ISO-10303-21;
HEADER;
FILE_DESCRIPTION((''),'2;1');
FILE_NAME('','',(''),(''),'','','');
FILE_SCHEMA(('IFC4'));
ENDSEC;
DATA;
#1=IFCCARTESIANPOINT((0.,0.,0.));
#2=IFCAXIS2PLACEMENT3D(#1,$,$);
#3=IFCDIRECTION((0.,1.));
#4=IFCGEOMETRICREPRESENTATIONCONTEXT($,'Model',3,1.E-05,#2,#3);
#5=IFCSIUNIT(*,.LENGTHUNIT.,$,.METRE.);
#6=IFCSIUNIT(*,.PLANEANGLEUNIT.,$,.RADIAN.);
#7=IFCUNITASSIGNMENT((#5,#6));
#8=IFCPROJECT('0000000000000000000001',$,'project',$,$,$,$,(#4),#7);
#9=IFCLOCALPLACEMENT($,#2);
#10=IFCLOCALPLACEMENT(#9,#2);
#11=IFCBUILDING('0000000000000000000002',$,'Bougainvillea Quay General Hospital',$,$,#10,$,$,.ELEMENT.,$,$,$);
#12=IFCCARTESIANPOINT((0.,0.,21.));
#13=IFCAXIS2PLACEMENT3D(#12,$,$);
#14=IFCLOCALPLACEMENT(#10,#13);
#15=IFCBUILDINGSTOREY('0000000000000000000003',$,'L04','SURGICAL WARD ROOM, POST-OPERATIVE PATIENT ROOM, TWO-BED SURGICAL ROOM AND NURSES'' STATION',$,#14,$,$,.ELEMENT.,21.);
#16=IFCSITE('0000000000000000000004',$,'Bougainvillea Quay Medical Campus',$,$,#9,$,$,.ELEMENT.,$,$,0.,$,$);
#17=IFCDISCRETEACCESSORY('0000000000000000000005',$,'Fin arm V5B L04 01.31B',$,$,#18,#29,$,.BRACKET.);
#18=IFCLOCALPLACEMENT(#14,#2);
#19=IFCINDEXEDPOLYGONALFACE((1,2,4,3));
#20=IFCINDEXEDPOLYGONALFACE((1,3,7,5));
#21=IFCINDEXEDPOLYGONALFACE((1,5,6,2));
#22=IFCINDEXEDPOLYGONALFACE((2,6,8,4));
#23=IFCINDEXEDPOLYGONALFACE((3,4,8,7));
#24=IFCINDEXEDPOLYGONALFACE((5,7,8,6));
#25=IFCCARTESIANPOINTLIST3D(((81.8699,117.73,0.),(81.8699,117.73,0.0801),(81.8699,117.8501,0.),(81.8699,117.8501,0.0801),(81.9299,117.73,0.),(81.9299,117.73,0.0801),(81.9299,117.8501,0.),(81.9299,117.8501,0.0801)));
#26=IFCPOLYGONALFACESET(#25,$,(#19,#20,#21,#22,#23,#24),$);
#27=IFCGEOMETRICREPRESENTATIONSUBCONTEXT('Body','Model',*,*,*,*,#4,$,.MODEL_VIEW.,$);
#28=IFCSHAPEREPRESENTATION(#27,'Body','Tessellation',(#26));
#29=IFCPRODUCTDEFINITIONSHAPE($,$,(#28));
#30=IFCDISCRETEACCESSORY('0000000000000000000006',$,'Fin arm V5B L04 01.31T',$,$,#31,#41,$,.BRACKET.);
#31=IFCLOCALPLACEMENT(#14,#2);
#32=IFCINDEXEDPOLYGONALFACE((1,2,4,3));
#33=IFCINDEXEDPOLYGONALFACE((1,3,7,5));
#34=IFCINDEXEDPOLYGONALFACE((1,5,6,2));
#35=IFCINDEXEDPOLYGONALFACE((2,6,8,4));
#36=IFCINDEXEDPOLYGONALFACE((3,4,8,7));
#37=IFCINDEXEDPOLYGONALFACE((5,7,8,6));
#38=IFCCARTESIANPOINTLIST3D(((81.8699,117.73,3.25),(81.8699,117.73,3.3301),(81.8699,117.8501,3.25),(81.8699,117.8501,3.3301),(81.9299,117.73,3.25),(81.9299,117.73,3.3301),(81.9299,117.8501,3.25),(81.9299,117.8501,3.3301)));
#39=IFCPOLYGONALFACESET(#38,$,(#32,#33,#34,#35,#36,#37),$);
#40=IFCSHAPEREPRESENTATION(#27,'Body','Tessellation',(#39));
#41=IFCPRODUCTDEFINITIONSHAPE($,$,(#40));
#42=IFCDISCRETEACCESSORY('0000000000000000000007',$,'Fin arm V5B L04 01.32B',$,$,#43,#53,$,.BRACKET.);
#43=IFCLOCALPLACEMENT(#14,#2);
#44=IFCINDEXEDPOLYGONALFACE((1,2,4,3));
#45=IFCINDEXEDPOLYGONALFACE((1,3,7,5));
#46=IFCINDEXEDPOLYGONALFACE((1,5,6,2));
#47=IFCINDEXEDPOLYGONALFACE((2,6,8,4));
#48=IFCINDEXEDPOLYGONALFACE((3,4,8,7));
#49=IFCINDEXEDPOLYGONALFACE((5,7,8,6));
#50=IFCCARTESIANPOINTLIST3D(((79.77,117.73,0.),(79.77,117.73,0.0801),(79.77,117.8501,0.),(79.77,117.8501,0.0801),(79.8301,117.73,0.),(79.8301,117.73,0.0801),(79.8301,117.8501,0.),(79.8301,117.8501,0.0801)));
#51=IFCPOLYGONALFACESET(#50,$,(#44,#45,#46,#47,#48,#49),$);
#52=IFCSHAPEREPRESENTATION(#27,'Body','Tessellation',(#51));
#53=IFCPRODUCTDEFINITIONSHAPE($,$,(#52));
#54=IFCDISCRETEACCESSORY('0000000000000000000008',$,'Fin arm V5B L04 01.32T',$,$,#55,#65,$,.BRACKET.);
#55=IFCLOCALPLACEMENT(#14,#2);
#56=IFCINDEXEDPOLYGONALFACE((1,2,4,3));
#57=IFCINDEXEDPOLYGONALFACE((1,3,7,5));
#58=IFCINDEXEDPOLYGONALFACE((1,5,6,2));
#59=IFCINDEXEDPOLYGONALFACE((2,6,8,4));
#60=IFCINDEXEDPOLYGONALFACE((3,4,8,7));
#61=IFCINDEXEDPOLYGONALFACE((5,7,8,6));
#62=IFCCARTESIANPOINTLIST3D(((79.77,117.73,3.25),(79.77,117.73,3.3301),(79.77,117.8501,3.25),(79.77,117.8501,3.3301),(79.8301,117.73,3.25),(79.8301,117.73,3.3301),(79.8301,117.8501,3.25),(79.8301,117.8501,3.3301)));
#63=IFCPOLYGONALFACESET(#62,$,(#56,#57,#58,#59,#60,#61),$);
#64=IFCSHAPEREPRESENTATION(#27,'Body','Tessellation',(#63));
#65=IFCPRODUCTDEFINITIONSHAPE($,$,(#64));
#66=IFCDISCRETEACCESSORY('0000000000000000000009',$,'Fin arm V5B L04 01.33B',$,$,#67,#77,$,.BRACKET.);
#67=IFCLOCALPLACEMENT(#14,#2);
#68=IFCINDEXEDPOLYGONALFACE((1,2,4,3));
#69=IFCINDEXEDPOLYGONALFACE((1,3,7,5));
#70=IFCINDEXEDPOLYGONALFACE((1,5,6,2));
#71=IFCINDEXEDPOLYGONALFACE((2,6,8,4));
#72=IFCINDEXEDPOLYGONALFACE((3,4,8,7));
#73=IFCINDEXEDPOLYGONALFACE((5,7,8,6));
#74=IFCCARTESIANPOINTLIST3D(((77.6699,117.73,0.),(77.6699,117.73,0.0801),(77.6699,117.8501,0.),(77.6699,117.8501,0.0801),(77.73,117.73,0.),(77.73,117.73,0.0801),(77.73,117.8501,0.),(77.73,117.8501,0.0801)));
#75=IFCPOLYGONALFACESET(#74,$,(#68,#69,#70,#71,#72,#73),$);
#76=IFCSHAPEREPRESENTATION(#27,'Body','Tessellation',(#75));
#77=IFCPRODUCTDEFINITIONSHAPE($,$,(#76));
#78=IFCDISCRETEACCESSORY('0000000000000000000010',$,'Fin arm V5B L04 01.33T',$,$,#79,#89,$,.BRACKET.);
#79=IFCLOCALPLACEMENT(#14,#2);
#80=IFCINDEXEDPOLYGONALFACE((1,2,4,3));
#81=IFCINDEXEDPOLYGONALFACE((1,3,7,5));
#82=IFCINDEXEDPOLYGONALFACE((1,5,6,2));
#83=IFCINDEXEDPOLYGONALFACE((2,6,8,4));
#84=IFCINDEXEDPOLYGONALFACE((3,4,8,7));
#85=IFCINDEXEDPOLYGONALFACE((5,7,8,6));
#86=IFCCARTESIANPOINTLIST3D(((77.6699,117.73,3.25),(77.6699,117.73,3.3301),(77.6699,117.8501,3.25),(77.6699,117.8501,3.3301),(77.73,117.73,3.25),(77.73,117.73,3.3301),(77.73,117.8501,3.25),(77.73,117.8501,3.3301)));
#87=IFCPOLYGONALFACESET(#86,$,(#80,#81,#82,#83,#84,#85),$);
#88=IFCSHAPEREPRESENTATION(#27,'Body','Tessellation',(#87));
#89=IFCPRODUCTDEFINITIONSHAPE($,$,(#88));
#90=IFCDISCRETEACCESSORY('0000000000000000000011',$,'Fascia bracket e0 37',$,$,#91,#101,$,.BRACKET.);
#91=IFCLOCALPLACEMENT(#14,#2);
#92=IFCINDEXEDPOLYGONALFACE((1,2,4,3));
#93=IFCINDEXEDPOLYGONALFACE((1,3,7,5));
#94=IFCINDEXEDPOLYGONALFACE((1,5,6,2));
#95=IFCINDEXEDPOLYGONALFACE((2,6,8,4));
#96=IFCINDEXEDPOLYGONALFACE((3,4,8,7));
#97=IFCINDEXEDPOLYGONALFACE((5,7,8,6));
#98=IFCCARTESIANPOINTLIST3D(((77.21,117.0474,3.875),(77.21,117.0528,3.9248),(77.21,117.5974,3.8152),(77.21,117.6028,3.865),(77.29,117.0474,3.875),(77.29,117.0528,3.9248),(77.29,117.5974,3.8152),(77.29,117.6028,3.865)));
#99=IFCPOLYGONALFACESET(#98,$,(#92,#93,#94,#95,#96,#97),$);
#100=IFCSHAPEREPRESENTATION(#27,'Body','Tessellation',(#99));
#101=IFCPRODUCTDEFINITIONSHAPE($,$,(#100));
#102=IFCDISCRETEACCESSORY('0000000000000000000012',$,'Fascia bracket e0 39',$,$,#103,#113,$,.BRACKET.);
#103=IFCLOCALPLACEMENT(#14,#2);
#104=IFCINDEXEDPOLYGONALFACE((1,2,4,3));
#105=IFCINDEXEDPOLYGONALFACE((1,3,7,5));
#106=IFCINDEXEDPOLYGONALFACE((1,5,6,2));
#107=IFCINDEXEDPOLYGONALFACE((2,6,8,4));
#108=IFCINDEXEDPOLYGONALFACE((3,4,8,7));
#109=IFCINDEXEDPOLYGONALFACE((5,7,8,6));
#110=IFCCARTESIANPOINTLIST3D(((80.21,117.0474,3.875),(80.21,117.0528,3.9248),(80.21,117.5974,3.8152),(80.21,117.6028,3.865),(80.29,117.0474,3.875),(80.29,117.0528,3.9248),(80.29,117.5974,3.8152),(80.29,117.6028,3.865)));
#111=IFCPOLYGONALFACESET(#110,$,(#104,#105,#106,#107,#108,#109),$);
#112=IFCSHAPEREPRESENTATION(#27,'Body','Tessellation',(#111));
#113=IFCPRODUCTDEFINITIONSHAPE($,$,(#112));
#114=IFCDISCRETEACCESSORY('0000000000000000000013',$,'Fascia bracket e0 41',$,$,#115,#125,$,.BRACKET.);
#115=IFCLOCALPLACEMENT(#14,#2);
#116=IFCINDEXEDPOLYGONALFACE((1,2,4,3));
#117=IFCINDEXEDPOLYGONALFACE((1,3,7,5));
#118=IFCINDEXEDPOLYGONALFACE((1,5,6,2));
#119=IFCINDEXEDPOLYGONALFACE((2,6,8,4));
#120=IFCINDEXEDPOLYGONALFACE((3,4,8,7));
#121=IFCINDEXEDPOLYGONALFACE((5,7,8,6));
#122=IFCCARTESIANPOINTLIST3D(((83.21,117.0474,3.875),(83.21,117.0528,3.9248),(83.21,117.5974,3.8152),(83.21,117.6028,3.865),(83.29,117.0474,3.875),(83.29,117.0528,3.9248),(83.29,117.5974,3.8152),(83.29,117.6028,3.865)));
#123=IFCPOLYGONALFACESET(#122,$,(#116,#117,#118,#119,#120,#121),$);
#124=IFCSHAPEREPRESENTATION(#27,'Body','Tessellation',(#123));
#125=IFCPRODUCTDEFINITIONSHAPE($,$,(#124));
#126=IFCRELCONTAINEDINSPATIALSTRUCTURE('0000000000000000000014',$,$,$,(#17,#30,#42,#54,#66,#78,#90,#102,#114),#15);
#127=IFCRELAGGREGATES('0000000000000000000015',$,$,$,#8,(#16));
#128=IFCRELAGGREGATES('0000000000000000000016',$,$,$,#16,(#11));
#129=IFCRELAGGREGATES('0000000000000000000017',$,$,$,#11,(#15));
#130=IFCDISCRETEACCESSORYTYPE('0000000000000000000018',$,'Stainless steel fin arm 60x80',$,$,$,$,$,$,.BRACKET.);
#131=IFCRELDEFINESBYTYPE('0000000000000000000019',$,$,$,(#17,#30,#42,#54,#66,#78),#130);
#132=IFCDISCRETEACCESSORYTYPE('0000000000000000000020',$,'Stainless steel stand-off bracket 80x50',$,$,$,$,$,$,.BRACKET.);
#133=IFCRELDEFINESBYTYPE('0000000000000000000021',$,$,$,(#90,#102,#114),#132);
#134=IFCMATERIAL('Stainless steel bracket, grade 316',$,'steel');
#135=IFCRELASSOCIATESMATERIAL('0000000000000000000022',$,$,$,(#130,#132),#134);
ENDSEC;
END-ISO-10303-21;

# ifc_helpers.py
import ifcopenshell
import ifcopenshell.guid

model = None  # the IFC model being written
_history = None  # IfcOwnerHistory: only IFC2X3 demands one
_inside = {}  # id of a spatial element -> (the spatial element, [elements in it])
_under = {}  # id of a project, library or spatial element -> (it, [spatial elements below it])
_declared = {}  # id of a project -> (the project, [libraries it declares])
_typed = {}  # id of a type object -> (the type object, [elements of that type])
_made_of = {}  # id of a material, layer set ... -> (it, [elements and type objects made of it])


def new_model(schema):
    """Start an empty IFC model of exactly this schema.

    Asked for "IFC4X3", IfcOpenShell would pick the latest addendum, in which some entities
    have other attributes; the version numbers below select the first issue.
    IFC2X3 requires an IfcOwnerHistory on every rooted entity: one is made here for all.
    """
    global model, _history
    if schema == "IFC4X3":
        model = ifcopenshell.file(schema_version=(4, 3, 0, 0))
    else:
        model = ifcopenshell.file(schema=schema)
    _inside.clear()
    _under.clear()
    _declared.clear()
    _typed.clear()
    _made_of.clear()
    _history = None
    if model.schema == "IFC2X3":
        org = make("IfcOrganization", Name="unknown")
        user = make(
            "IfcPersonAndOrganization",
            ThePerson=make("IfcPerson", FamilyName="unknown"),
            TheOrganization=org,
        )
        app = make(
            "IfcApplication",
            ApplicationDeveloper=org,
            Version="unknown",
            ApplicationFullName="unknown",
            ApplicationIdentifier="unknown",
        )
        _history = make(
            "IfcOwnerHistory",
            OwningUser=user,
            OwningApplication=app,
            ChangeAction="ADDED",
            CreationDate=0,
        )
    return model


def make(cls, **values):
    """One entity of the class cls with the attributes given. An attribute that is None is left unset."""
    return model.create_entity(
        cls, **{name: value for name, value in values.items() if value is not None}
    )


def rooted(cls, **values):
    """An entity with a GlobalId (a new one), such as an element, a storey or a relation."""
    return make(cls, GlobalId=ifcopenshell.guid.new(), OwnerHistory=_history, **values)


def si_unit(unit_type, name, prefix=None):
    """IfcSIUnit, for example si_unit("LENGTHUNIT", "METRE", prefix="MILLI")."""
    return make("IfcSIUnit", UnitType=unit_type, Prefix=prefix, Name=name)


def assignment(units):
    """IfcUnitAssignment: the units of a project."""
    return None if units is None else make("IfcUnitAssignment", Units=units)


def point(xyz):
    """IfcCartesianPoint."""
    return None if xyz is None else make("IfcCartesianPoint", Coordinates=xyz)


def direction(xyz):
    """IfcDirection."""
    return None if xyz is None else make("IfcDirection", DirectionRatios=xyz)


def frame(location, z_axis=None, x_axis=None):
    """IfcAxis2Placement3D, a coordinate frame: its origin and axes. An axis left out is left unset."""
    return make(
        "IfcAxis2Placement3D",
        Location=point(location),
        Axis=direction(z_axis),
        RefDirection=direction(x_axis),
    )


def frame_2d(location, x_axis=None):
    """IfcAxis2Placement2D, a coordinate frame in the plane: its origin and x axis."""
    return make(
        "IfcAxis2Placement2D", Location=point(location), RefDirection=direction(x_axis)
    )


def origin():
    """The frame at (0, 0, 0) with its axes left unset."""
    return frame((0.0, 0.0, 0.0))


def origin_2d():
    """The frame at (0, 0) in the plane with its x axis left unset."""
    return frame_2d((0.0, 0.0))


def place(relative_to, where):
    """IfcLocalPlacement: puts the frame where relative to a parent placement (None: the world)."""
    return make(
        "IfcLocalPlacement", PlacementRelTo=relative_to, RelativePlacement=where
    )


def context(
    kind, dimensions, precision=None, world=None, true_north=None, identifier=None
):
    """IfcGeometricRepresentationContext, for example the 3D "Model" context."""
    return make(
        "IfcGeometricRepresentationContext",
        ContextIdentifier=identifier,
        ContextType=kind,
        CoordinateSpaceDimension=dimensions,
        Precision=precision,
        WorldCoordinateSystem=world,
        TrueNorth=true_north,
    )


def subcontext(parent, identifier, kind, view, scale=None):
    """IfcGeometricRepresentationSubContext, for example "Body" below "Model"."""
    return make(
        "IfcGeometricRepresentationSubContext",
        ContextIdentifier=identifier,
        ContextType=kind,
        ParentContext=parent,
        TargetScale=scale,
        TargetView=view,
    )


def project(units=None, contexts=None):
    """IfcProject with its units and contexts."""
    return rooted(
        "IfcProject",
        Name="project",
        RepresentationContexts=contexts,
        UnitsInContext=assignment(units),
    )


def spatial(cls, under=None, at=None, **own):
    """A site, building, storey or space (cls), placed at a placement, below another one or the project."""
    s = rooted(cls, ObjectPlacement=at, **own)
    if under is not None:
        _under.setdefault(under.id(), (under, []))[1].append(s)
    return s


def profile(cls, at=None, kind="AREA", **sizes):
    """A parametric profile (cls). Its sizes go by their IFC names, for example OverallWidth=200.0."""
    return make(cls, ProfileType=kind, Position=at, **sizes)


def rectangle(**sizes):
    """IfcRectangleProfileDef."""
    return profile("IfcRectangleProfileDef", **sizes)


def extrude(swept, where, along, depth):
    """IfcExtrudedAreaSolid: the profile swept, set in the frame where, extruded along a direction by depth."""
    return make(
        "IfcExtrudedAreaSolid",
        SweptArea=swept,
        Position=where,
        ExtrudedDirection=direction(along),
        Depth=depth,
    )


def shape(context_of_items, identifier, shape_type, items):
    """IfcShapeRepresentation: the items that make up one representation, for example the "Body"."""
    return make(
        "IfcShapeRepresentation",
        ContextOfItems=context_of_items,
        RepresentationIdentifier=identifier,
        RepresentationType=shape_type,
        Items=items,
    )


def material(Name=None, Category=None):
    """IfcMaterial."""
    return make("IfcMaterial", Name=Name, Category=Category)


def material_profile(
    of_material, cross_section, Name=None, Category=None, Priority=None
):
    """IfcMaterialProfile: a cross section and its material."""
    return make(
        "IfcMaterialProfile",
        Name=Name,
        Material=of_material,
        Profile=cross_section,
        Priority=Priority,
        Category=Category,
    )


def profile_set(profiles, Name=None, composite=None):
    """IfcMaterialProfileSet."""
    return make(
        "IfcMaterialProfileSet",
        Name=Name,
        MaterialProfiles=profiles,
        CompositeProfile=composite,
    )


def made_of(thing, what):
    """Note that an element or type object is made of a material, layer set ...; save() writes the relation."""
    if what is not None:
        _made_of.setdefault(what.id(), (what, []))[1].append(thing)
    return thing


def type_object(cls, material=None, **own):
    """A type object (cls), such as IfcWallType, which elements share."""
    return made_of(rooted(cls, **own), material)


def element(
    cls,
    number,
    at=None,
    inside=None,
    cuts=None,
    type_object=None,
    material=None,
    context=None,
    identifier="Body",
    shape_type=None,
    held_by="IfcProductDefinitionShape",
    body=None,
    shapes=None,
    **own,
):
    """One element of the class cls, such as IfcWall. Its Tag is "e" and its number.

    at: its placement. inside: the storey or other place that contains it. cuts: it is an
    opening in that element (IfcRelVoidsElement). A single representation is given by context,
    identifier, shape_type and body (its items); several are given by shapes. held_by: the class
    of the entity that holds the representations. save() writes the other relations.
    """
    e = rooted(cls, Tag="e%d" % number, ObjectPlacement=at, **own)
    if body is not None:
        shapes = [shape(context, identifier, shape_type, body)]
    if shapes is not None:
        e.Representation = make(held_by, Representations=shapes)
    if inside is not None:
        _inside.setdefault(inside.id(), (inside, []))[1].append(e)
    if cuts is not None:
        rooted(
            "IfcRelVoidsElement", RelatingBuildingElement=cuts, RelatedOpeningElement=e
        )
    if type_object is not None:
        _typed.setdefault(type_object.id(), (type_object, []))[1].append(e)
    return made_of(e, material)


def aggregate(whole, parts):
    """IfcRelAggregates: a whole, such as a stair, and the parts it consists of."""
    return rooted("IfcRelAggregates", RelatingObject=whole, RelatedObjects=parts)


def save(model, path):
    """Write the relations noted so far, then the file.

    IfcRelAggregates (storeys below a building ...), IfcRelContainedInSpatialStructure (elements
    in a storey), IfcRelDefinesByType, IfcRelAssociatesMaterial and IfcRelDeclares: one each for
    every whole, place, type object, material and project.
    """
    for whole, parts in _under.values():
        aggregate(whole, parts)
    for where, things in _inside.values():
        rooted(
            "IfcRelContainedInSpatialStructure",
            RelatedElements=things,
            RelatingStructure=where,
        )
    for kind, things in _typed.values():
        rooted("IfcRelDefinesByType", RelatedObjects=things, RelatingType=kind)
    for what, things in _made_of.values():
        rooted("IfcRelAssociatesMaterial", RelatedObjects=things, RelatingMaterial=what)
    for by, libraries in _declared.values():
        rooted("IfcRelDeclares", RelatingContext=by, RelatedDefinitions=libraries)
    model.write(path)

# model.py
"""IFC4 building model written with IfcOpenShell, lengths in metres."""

from ifc_helpers import new_model, si_unit, direction, frame, origin, origin_2d, place, context, subcontext, project, spatial, rectangle, extrude, material, material_profile, profile_set, type_object, element, save


model = new_model("IFC4")

# Units and contexts
model_context = context("Model", 3, precision=1e-05, world=origin(), true_north=direction((0.0, 1.0)))
body_context = subcontext(model_context, "Body", "Model", "MODEL_VIEW")
ifc_project = project(units=[si_unit("LENGTHUNIT", "METRE"), si_unit("PLANEANGLEUNIT", "RADIAN")], contexts=[model_context])

# Site, building, storey
site_placement = place(None, origin())
site = spatial("IfcSite", under=ifc_project, at=site_placement, Name="Bougainvillea Quay Medical Campus", CompositionType="ELEMENT", RefElevation=0.0)
building_placement = place(site_placement, origin())
building = spatial("IfcBuilding", under=site, at=building_placement, Name="Bougainvillea Quay General Hospital", CompositionType="ELEMENT")
storey_placement = place(building_placement, frame((0.0, 0.0, 21.0)))
storey = spatial("IfcBuildingStorey", under=building, at=storey_placement, Name="L04", Description="SURGICAL WARD ROOM, POST-OPERATIVE PATIENT ROOM, TWO-BED SURGICAL ROOM AND NURSES' STATION", CompositionType="ELEMENT", Elevation=21.0)

# Discrete accessories
ifc_material_1 = material(Name="Stainless steel bracket, grade 316", Category="steel")
discrete_accessory_type_1 = type_object("IfcDiscreteAccessoryType", Name="Stainless steel fin arm 60x80", PredefinedType="BRACKET", material=ifc_material_1)
for number, where, z_axis, x_axis, name in (
    (1, (81.8999, 117.79, 0.0), (0.0, 0.0, 1.0), (0.0, -1.0, 0.0), "Fin arm V5B L04 01.31B"),
    (2, (81.8999, 117.79, 3.25), (0.0, 0.0, 1.0), (0.0, -1.0, 0.0), "Fin arm V5B L04 01.31T"),
    (3, (79.8, 117.79, 0.0), (0.0, 0.0, 1.0), (0.0, -1.0, 0.0), "Fin arm V5B L04 01.32B"),
    (4, (79.8, 117.79, 3.25), (0.0, 0.0, 1.0), (0.0, -1.0, 0.0), "Fin arm V5B L04 01.32T"),
    (5, (77.7, 117.79, 0.0), (0.0, 0.0, 1.0), (0.0, -1.0, 0.0), "Fin arm V5B L04 01.33B"),
    (6, (77.7, 117.79, 3.25), (0.0, 0.0, 1.0), (0.0, -1.0, 0.0), "Fin arm V5B L04 01.33T"),
):
    element("IfcDiscreteAccessory", number, at=place(storey_placement, frame(where, z_axis=z_axis, x_axis=x_axis)), inside=storey, type_object=discrete_accessory_type_1, Name=name, PredefinedType="BRACKET", context=body_context, shape_type="SweptSolid", body=[
        extrude(rectangle(XDim=0.1201, YDim=0.0601, at=origin_2d()), origin(), (0.0, 0.0, 1.0), 0.0801),
    ])
ifc_material_profile_1 = material_profile(ifc_material_1, rectangle(XDim=0.0801, YDim=0.05, at=origin_2d()))
ifc_profile_set_1 = profile_set([ifc_material_profile_1], Name="Stainless steel bracket, grade 316")
discrete_accessory_type_2 = type_object("IfcDiscreteAccessoryType", Name="Stainless steel stand-off bracket 80x50", PredefinedType="BRACKET", material=ifc_profile_set_1)
for number, where, z_axis, x_axis, name in (
    (7, (77.25, 117.6001, 3.8401), (0.0, -0.994139, 0.108107), (1.0, 0.0, 0.0), "Fascia bracket e0 37"),
    (8, (80.25, 117.6001, 3.8401), (0.0, -0.994139, 0.108107), (1.0, 0.0, 0.0), "Fascia bracket e0 39"),
    (9, (83.25, 117.6001, 3.8401), (0.0, -0.994139, 0.108107), (1.0, 0.0, 0.0), "Fascia bracket e0 41"),
):
    element("IfcDiscreteAccessory", number, at=place(storey_placement, frame(where, z_axis=z_axis, x_axis=x_axis)), inside=storey, type_object=discrete_accessory_type_2, Name=name, PredefinedType="BRACKET", context=body_context, shape_type="SweptSolid", body=[
        extrude(rectangle(XDim=0.0801, YDim=0.05, at=origin_2d()), origin(), (0.0, 0.0, 1.0), 0.5532),
    ])

save(model, "model.ifc")
